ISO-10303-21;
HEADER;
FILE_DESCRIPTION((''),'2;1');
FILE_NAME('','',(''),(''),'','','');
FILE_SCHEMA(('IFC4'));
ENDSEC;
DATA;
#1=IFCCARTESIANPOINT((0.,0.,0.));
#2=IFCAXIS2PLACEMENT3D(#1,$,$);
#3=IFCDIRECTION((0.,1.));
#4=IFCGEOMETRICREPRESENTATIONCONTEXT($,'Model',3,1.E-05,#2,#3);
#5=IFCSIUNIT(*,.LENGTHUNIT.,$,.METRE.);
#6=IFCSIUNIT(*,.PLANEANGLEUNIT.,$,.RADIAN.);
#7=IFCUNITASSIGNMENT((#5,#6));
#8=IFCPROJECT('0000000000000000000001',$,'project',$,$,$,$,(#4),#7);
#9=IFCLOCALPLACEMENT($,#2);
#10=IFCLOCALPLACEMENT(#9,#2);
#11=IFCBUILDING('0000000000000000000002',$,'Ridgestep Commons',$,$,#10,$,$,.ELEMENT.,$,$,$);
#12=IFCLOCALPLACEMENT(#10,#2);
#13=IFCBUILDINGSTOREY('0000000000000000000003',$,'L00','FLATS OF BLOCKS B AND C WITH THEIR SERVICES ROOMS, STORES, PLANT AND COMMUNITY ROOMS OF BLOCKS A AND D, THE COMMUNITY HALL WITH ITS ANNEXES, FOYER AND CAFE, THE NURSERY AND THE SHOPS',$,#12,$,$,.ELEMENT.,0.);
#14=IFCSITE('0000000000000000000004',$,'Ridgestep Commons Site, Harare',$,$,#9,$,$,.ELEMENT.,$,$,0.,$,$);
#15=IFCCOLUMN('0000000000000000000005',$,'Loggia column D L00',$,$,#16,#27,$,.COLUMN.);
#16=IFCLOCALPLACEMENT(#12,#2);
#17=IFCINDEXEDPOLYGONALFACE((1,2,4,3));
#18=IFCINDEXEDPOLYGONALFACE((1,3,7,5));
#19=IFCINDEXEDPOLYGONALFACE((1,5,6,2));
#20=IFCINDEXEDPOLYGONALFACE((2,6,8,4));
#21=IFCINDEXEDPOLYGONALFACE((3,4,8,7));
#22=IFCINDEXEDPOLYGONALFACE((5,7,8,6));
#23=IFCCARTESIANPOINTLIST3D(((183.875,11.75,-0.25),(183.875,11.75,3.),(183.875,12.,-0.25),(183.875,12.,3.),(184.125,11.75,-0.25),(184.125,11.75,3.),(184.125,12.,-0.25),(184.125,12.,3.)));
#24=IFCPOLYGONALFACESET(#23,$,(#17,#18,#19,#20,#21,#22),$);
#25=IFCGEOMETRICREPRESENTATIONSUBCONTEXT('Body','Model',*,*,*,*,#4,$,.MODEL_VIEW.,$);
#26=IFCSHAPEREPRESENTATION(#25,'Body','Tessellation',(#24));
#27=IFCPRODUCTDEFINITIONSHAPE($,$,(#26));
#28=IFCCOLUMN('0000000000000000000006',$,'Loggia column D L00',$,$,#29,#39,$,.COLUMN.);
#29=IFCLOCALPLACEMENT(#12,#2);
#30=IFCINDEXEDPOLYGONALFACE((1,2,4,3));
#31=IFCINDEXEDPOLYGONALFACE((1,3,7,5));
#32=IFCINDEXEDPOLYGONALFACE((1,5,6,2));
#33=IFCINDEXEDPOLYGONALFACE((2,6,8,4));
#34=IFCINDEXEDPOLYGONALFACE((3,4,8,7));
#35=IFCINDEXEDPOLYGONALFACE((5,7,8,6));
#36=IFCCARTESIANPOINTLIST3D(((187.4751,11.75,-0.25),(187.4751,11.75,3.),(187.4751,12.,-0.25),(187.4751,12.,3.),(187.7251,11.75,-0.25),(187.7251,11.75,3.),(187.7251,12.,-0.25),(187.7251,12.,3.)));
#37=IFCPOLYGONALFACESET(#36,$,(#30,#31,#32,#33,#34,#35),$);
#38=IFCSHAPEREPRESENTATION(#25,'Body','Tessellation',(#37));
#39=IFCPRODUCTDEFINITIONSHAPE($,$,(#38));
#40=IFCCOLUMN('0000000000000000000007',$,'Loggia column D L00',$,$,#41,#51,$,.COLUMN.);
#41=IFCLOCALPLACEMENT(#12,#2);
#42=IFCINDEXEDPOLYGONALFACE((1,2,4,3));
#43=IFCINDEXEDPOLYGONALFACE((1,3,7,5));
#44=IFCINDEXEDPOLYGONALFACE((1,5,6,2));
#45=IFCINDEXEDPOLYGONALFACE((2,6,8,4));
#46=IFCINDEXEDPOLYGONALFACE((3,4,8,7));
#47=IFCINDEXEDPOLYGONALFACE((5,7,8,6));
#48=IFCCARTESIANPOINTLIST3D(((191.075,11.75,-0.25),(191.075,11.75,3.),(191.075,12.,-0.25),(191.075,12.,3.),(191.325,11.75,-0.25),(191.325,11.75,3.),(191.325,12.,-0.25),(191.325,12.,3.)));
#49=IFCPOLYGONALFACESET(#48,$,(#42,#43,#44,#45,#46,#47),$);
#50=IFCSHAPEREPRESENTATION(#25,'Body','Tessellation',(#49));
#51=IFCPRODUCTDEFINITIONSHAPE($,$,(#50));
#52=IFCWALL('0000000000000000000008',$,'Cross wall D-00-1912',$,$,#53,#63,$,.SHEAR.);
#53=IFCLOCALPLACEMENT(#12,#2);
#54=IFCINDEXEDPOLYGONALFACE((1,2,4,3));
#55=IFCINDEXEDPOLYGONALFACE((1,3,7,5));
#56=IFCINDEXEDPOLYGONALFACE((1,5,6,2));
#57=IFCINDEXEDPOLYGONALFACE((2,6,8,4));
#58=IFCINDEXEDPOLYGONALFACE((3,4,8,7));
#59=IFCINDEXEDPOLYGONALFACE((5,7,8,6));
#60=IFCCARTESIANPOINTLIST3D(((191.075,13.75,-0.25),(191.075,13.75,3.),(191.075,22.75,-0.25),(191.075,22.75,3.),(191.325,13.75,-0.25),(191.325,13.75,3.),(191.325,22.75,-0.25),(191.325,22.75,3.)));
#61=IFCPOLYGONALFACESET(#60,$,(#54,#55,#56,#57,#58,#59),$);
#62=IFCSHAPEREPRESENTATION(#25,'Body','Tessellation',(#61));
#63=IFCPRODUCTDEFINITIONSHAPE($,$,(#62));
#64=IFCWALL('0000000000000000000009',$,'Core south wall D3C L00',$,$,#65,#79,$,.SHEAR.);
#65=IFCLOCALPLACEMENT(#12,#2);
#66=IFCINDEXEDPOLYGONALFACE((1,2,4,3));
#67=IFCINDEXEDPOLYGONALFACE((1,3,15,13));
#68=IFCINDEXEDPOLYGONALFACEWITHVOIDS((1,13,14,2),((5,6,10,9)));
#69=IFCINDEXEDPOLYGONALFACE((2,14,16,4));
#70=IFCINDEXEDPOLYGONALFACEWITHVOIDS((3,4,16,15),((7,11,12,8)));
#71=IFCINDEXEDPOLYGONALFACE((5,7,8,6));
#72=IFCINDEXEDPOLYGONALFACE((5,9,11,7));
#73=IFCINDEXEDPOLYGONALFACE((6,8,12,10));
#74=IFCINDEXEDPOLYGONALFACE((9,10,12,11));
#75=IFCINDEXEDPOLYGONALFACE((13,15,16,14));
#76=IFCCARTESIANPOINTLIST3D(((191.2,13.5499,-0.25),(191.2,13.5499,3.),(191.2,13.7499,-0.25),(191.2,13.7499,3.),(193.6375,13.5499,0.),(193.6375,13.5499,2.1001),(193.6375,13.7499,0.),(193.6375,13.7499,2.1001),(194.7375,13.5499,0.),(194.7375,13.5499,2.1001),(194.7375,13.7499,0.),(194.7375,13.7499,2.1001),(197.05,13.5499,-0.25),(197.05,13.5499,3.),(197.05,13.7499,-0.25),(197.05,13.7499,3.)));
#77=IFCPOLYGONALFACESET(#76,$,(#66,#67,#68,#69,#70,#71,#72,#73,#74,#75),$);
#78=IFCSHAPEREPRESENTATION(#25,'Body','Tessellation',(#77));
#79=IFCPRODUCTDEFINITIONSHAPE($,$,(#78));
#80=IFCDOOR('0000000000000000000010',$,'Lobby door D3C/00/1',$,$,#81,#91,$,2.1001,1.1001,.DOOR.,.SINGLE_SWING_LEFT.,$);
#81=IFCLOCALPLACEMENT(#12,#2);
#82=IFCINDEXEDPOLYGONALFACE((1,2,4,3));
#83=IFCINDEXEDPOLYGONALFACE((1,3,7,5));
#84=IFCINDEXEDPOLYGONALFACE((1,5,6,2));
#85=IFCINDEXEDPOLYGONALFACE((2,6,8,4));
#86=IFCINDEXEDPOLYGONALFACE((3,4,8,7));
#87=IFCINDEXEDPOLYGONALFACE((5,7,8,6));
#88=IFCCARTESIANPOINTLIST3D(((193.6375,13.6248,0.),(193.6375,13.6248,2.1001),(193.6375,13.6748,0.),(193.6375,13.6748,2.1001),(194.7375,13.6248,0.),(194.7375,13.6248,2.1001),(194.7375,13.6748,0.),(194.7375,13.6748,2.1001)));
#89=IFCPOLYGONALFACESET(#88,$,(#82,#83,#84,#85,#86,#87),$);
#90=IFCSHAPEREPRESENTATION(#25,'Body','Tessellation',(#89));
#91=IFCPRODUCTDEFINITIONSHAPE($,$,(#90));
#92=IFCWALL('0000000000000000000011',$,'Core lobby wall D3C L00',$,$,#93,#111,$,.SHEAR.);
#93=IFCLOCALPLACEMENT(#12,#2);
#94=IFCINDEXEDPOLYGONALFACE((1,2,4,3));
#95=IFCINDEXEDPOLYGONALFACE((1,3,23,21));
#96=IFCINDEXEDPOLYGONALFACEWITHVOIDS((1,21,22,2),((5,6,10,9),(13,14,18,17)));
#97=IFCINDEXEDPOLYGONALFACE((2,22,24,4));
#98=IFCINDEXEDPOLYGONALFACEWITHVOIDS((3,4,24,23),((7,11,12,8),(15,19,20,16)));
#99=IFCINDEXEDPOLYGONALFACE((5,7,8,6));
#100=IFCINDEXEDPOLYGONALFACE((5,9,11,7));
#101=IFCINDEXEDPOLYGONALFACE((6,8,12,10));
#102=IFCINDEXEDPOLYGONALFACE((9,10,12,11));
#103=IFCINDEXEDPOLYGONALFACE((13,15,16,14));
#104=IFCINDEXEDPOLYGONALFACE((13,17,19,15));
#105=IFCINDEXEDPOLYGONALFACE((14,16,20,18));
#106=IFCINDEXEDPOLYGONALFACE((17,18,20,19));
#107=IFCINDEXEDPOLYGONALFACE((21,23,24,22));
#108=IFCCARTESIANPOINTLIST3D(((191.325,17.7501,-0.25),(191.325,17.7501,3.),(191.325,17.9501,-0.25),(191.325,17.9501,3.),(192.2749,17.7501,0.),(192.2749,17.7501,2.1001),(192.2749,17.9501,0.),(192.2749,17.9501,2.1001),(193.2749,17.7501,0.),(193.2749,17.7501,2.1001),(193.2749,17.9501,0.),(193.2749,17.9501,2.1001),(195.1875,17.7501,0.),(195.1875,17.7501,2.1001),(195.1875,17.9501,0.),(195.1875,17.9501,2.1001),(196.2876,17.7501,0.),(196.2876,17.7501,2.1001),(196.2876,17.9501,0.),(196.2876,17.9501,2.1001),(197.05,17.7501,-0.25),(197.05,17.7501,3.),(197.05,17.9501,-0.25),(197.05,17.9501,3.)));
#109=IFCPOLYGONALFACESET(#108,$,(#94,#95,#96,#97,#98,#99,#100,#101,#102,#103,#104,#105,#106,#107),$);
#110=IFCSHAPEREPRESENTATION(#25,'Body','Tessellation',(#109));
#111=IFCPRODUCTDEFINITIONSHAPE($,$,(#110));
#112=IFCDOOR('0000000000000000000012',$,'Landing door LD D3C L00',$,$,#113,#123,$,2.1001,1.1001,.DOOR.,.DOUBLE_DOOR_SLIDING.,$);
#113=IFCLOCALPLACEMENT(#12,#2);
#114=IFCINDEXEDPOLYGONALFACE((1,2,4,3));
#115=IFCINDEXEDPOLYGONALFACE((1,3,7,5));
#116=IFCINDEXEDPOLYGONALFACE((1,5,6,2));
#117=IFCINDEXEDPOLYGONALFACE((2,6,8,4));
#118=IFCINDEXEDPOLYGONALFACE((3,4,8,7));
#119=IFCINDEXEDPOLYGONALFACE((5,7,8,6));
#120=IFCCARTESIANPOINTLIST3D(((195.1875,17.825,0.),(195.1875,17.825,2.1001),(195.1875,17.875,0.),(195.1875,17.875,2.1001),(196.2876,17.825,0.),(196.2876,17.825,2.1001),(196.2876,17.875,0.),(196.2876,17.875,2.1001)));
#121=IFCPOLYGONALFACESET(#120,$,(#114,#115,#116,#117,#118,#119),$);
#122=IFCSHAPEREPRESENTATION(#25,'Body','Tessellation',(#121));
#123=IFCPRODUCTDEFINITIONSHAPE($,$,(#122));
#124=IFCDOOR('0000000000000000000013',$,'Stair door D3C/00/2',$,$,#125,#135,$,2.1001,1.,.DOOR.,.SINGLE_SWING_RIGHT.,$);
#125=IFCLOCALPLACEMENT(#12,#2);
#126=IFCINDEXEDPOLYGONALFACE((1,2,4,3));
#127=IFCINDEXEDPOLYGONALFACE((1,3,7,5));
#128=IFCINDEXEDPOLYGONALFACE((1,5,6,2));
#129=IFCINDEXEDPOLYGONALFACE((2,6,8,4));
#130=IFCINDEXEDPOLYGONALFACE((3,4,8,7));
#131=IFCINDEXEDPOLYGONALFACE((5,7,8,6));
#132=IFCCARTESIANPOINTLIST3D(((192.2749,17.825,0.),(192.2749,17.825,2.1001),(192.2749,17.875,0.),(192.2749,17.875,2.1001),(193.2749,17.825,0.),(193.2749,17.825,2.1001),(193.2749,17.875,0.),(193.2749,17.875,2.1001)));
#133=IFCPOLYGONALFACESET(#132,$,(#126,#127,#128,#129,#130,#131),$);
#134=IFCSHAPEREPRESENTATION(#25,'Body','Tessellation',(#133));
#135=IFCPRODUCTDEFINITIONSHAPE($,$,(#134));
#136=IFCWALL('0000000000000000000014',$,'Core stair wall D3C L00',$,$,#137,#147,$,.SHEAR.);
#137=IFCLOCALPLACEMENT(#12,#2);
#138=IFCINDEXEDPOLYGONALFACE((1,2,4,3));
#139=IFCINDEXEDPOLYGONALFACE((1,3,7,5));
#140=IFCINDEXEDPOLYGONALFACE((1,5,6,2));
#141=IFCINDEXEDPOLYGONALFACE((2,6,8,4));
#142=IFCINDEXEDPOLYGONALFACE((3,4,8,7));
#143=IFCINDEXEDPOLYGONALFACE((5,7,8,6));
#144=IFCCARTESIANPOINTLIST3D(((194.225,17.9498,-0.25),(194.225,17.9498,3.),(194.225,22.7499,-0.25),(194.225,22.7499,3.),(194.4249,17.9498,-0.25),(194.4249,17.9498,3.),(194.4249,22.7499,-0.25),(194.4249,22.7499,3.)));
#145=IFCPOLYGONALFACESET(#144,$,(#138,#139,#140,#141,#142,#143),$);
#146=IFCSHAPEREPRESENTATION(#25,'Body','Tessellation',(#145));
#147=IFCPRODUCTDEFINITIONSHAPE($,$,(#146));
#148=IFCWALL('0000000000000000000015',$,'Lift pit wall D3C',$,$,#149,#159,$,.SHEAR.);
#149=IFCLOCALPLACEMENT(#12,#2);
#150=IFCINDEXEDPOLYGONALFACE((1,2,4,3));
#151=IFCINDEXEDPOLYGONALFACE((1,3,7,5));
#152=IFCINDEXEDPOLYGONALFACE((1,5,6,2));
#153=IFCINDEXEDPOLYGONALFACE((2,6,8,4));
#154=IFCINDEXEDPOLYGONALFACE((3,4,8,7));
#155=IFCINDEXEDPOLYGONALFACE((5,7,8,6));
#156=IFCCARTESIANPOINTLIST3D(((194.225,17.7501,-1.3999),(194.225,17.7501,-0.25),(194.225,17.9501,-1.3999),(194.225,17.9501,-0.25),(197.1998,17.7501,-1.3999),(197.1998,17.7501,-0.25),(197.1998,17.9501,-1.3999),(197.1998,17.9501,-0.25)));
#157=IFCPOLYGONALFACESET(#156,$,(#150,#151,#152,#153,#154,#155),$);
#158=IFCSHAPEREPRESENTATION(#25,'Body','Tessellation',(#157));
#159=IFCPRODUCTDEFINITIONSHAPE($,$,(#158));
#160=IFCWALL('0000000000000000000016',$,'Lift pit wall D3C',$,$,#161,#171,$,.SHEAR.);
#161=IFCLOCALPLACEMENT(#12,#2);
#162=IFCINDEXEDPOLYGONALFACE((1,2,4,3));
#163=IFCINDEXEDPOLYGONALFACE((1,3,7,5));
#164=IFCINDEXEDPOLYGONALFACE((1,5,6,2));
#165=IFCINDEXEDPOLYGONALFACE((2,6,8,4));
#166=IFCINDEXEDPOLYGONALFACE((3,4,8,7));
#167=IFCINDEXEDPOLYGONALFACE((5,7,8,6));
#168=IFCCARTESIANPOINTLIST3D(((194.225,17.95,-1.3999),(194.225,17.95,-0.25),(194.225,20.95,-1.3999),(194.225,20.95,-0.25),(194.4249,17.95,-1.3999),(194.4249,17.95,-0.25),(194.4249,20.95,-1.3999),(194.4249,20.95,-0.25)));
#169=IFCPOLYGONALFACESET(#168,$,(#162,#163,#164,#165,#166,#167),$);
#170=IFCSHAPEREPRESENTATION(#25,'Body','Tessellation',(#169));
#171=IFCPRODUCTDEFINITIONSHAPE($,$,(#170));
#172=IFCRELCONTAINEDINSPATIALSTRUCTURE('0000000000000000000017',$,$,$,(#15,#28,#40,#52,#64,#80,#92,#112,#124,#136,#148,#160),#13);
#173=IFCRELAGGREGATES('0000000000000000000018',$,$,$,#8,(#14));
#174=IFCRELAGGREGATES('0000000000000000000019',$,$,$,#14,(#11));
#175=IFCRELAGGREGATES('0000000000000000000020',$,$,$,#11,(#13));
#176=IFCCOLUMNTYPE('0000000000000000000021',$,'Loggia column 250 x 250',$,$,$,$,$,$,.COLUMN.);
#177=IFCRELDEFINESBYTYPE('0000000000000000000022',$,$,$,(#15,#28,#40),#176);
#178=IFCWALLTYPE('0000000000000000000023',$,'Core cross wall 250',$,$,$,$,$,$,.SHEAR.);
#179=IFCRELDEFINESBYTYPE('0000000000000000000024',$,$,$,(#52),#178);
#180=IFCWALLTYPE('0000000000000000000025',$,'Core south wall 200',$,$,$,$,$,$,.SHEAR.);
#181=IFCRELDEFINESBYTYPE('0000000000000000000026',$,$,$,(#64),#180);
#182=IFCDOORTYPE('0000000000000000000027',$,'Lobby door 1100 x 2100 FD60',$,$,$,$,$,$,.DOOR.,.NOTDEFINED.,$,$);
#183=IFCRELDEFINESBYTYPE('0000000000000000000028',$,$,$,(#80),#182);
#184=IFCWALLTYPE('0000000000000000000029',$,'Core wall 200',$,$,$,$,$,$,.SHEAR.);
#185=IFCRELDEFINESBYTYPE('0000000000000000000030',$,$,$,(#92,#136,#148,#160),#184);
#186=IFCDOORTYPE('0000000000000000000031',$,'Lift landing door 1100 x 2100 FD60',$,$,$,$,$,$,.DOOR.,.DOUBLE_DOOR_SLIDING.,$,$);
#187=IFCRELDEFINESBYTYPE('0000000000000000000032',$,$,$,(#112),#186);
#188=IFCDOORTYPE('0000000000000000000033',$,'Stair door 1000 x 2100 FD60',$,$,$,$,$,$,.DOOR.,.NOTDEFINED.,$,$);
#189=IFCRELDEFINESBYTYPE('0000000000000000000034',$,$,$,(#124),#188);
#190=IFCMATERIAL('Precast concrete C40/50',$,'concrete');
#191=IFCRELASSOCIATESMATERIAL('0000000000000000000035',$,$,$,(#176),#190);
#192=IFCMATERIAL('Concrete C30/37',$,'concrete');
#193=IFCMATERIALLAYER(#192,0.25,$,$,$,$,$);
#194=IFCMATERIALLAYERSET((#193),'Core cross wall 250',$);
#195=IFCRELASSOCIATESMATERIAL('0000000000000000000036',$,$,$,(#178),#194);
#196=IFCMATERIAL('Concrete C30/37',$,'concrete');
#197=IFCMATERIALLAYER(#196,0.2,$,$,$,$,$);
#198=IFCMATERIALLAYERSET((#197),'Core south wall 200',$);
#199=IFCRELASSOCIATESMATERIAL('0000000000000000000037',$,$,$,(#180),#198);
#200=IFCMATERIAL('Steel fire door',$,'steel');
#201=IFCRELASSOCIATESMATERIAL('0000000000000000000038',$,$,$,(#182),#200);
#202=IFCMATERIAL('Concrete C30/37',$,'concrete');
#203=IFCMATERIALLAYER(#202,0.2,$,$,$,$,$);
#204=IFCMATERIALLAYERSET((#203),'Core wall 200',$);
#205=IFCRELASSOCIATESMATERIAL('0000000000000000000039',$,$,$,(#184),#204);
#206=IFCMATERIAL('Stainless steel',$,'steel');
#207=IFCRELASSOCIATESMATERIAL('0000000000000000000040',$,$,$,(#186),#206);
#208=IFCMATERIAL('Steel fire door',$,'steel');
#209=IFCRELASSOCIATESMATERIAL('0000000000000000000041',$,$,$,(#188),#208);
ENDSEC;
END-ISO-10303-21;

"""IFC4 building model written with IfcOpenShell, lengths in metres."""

from ifc_helpers import new_model, si_unit, direction, frame, frame_2d, origin, origin_2d, place, context, subcontext, project, spatial, rectangle, extrude, material, layer, layer_set, material_profile, profile_set, type_object, element, fill, save


model = new_model("IFC4")

# Units and contexts
model_context = context("Model", 3, precision=1e-05, world=origin(), true_north=direction((0.0, 1.0)))
body_context = subcontext(model_context, "Body", "Model", "MODEL_VIEW")
ifc_project = project(units=[si_unit("LENGTHUNIT", "METRE"), si_unit("PLANEANGLEUNIT", "RADIAN")], contexts=[model_context])

# Site, building, storey
site_placement = place(None, origin())
site = spatial("IfcSite", under=ifc_project, at=site_placement, Name="Ridgestep Commons Site, Harare", CompositionType="ELEMENT", RefElevation=0.0)
building_placement = place(site_placement, origin())
building = spatial("IfcBuilding", under=site, at=building_placement, Name="Ridgestep Commons", CompositionType="ELEMENT")
storey_placement = place(building_placement, origin())
storey = spatial("IfcBuildingStorey", under=building, at=storey_placement, Name="L00", Description="FLATS OF BLOCKS B AND C WITH THEIR SERVICES ROOMS, STORES, PLANT AND COMMUNITY ROOMS OF BLOCKS A AND D, THE COMMUNITY HALL WITH ITS ANNEXES, FOYER AND CAFE, THE NURSERY AND THE SHOPS", CompositionType="ELEMENT", Elevation=0.0)

# Columns
ifc_material_1 = material(Name="Precast concrete C40/50", Category="concrete")
ifc_material_profile = material_profile(ifc_material_1, rectangle(XDim=0.25, YDim=0.25, at=origin_2d()), Name="PC 250x250")
ifc_profile_set = profile_set([ifc_material_profile], Name="Precast concrete C40/50")
column_type = type_object("IfcColumnType", Name="Loggia column 250 x 250", PredefinedType="COLUMN", material=ifc_profile_set)
for number, where, z_axis, x_axis, name in (
    (1, (184.0, 11.875, -0.25), (0.0, 0.0, 1.0), (1.0, 0.0, 0.0), "Loggia column D L00"),
    (2, (187.6001, 11.875, -0.25), (0.0, 0.0, 1.0), (1.0, 0.0, 0.0), "Loggia column D L00"),
    (3, (191.2, 11.875, -0.25), (0.0, 0.0, 1.0), (1.0, 0.0, 0.0), "Loggia column D L00"),
):
    element("IfcColumn", number, at=place(storey_placement, frame(where, z_axis=z_axis, x_axis=x_axis)), inside=storey, type_object=column_type, Name=name, PredefinedType="COLUMN", context=body_context, shape_type="SweptSolid", body=[
        extrude(rectangle(XDim=0.25, YDim=0.25, at=origin_2d()), origin(), (0.0, 0.0, 1.0), 3.25),
    ])

# Wall
ifc_material_2 = material(Name="Concrete C30/37", Category="concrete")
ifc_layer_1 = layer(ifc_material_2, 0.25)
ifc_layer_set_1 = layer_set([ifc_layer_1], Name="Core cross wall 250")
wall_type_1 = type_object("IfcWallType", Name="Core cross wall 250", PredefinedType="SHEAR", material=ifc_layer_set_1)
wall_1_placement = place(storey_placement, frame((191.2, 13.75, -0.25), z_axis=(0.0, 0.0, 1.0), x_axis=(0.0, 1.0, 0.0)))
element("IfcWall", 4, at=wall_1_placement, inside=storey, type_object=wall_type_1, Name="Cross wall D-00-1912", PredefinedType="SHEAR", context=body_context, shape_type="SweptSolid", body=[
    extrude(rectangle(XDim=9.0, YDim=0.25, at=frame_2d((4.5, 0.0))), origin(), (0.0, 0.0, 1.0), 3.25),
])

# Wall, opening, door
ifc_material_3 = material(Name="Concrete C30/37", Category="concrete")
ifc_layer_2 = layer(ifc_material_3, 0.2)
ifc_layer_set_2 = layer_set([ifc_layer_2], Name="Core south wall 200")
wall_type_2 = type_object("IfcWallType", Name="Core south wall 200", PredefinedType="SHEAR", material=ifc_layer_set_2)
wall_2_placement = place(storey_placement, frame((191.2, 13.6499, -0.25), z_axis=(0.0, 0.0, 1.0), x_axis=(1.0, 0.0, 0.0)))
wall_2 = element("IfcWall", 5, at=wall_2_placement, inside=storey, type_object=wall_type_2, Name="Core south wall D3C L00", PredefinedType="SHEAR", context=body_context, shape_type="SweptSolid", body=[
    extrude(rectangle(XDim=5.8501, YDim=0.2, at=frame_2d((2.925, 0.0))), origin(), (0.0, 0.0, 1.0), 3.25),
])
opening_1_placement = place(wall_2_placement, frame((2.4375, 0.0, 0.25)))
opening_1 = element("IfcOpeningElement", 6, at=opening_1_placement, cuts=wall_2, PredefinedType="OPENING", context=body_context, shape_type="SweptSolid", body=[
    extrude(rectangle(XDim=1.1001, YDim=2.1001, at=frame_2d((0.55, 1.05))), frame((0.0, 0.1099, 0.0), z_axis=(0.0, -1.0, 0.0), x_axis=(1.0, 0.0, 0.0)), (0.0, 0.0, 1.0), 0.22),
])
ifc_material_4 = material(Name="Steel fire door", Category="steel")
door_type_1 = type_object("IfcDoorType", Name="Lobby door 1100 x 2100 FD60", OperationType="NOTDEFINED", PredefinedType="DOOR", material=ifc_material_4)
door_1_placement = place(opening_1_placement, origin())
door_1 = element("IfcDoor", 7, at=door_1_placement, inside=storey, type_object=door_type_1, Name="Lobby door D3C/00/1", OperationType="SINGLE_SWING_LEFT", OverallHeight=2.1001, OverallWidth=1.1001, PredefinedType="DOOR", context=body_context, shape_type="SweptSolid", body=[
    extrude(rectangle(XDim=1.1001, YDim=2.1001, at=frame_2d((0.55, 1.05))), frame((0.0, 0.0249, 0.0), z_axis=(0.0, -1.0, 0.0), x_axis=(1.0, 0.0, 0.0)), (0.0, 0.0, 1.0), 0.05),
])
fill(opening_1, door_1)

# Wall, openings, doors
ifc_material_5 = material(Name="Concrete C30/37", Category="concrete")
ifc_layer_3 = layer(ifc_material_5, 0.2)
ifc_layer_set_3 = layer_set([ifc_layer_3], Name="Core wall 200")
wall_type_3 = type_object("IfcWallType", Name="Core wall 200", PredefinedType="SHEAR", material=ifc_layer_set_3)
wall_3_placement = place(storey_placement, frame((191.325, 17.8501, -0.25), z_axis=(0.0, 0.0, 1.0), x_axis=(1.0, 0.0, 0.0)))
wall_3 = element("IfcWall", 8, at=wall_3_placement, inside=storey, type_object=wall_type_3, Name="Core lobby wall D3C L00", PredefinedType="SHEAR", context=body_context, shape_type="SweptSolid", body=[
    extrude(rectangle(XDim=5.7251, YDim=0.2, at=frame_2d((2.8625, 0.0))), origin(), (0.0, 0.0, 1.0), 3.25),
])
opening_2_placement = place(wall_3_placement, frame((0.95, 0.0, 0.25)))
opening_2 = element("IfcOpeningElement", 9, at=opening_2_placement, cuts=wall_3, PredefinedType="OPENING", context=body_context, shape_type="SweptSolid", body=[
    extrude(rectangle(XDim=1.0, YDim=2.1001, at=frame_2d((0.5, 1.05))), frame((0.0, 0.1099, 0.0), z_axis=(0.0, -1.0, 0.0), x_axis=(1.0, 0.0, 0.0)), (0.0, 0.0, 1.0), 0.22),
])
opening_3_placement = place(wall_3_placement, frame((3.8625, 0.0, 0.25)))
opening_3 = element("IfcOpeningElement", 10, at=opening_3_placement, cuts=wall_3, PredefinedType="OPENING", context=body_context, shape_type="SweptSolid", body=[
    extrude(rectangle(XDim=1.1001, YDim=2.1001, at=frame_2d((0.55, 1.05))), frame((0.0, 0.1099, 0.0), z_axis=(0.0, -1.0, 0.0), x_axis=(1.0, 0.0, 0.0)), (0.0, 0.0, 1.0), 0.22),
])
ifc_material_6 = material(Name="Stainless steel", Category="steel")
door_type_2 = type_object("IfcDoorType", Name="Lift landing door 1100 x 2100 FD60", OperationType="DOUBLE_DOOR_SLIDING", PredefinedType="DOOR", material=ifc_material_6)
door_2_placement = place(opening_3_placement, origin())
door_2 = element("IfcDoor", 11, at=door_2_placement, inside=storey, type_object=door_type_2, Name="Landing door LD D3C L00", OperationType="DOUBLE_DOOR_SLIDING", OverallHeight=2.1001, OverallWidth=1.1001, PredefinedType="DOOR", context=body_context, shape_type="SweptSolid", body=[
    extrude(rectangle(XDim=1.1001, YDim=2.1001, at=frame_2d((0.55, 1.05))), frame((0.0, 0.0249, 0.0), z_axis=(0.0, -1.0, 0.0), x_axis=(1.0, 0.0, 0.0)), (0.0, 0.0, 1.0), 0.05),
])
fill(opening_3, door_2)
ifc_material_7 = material(Name="Steel fire door", Category="steel")
door_type_3 = type_object("IfcDoorType", Name="Stair door 1000 x 2100 FD60", OperationType="NOTDEFINED", PredefinedType="DOOR", material=ifc_material_7)
door_3_placement = place(opening_2_placement, origin())
door_3 = element("IfcDoor", 12, at=door_3_placement, inside=storey, type_object=door_type_3, Name="Stair door D3C/00/2", OperationType="SINGLE_SWING_RIGHT", OverallHeight=2.1001, OverallWidth=1.0, PredefinedType="DOOR", context=body_context, shape_type="SweptSolid", body=[
    extrude(rectangle(XDim=1.0, YDim=2.1001, at=frame_2d((0.5, 1.05))), frame((0.0, 0.0249, 0.0), z_axis=(0.0, -1.0, 0.0), x_axis=(1.0, 0.0, 0.0)), (0.0, 0.0, 1.0), 0.05),
])
fill(opening_2, door_3)

# Walls
wall_4_placement = place(storey_placement, frame((194.325, 17.95, -0.25), z_axis=(0.0, 0.0, 1.0), x_axis=(0.0, 1.0, 0.0)))
element("IfcWall", 13, at=wall_4_placement, inside=storey, type_object=wall_type_3, Name="Core stair wall D3C L00", PredefinedType="SHEAR", context=body_context, shape_type="SweptSolid", body=[
    extrude(rectangle(XDim=4.8, YDim=0.2, at=frame_2d((2.3999, 0.0))), origin(), (0.0, 0.0, 1.0), 3.25),
])
wall_5_placement = place(storey_placement, frame((194.2251, 17.8501, -1.3999), z_axis=(0.0, 0.0, 1.0), x_axis=(1.0, 0.0, 0.0)))
element("IfcWall", 14, at=wall_5_placement, inside=storey, type_object=wall_type_3, Name="Lift pit wall D3C", PredefinedType="SHEAR", context=body_context, shape_type="SweptSolid", body=[
    extrude(rectangle(XDim=2.9749, YDim=0.2, at=frame_2d((1.4873, 0.0))), origin(), (0.0, 0.0, 1.0), 1.1499),
])
wall_6_placement = place(storey_placement, frame((194.325, 17.95, -1.3999), z_axis=(0.0, 0.0, 1.0), x_axis=(0.0, 1.0, 0.0)))
element("IfcWall", 15, at=wall_6_placement, inside=storey, type_object=wall_type_3, Name="Lift pit wall D3C", PredefinedType="SHEAR", context=body_context, shape_type="SweptSolid", body=[
    extrude(rectangle(XDim=3.0, YDim=0.2, at=frame_2d((1.5, 0.0))), origin(), (0.0, 0.0, 1.0), 1.1499),
])

save(model, "model.ifc")
